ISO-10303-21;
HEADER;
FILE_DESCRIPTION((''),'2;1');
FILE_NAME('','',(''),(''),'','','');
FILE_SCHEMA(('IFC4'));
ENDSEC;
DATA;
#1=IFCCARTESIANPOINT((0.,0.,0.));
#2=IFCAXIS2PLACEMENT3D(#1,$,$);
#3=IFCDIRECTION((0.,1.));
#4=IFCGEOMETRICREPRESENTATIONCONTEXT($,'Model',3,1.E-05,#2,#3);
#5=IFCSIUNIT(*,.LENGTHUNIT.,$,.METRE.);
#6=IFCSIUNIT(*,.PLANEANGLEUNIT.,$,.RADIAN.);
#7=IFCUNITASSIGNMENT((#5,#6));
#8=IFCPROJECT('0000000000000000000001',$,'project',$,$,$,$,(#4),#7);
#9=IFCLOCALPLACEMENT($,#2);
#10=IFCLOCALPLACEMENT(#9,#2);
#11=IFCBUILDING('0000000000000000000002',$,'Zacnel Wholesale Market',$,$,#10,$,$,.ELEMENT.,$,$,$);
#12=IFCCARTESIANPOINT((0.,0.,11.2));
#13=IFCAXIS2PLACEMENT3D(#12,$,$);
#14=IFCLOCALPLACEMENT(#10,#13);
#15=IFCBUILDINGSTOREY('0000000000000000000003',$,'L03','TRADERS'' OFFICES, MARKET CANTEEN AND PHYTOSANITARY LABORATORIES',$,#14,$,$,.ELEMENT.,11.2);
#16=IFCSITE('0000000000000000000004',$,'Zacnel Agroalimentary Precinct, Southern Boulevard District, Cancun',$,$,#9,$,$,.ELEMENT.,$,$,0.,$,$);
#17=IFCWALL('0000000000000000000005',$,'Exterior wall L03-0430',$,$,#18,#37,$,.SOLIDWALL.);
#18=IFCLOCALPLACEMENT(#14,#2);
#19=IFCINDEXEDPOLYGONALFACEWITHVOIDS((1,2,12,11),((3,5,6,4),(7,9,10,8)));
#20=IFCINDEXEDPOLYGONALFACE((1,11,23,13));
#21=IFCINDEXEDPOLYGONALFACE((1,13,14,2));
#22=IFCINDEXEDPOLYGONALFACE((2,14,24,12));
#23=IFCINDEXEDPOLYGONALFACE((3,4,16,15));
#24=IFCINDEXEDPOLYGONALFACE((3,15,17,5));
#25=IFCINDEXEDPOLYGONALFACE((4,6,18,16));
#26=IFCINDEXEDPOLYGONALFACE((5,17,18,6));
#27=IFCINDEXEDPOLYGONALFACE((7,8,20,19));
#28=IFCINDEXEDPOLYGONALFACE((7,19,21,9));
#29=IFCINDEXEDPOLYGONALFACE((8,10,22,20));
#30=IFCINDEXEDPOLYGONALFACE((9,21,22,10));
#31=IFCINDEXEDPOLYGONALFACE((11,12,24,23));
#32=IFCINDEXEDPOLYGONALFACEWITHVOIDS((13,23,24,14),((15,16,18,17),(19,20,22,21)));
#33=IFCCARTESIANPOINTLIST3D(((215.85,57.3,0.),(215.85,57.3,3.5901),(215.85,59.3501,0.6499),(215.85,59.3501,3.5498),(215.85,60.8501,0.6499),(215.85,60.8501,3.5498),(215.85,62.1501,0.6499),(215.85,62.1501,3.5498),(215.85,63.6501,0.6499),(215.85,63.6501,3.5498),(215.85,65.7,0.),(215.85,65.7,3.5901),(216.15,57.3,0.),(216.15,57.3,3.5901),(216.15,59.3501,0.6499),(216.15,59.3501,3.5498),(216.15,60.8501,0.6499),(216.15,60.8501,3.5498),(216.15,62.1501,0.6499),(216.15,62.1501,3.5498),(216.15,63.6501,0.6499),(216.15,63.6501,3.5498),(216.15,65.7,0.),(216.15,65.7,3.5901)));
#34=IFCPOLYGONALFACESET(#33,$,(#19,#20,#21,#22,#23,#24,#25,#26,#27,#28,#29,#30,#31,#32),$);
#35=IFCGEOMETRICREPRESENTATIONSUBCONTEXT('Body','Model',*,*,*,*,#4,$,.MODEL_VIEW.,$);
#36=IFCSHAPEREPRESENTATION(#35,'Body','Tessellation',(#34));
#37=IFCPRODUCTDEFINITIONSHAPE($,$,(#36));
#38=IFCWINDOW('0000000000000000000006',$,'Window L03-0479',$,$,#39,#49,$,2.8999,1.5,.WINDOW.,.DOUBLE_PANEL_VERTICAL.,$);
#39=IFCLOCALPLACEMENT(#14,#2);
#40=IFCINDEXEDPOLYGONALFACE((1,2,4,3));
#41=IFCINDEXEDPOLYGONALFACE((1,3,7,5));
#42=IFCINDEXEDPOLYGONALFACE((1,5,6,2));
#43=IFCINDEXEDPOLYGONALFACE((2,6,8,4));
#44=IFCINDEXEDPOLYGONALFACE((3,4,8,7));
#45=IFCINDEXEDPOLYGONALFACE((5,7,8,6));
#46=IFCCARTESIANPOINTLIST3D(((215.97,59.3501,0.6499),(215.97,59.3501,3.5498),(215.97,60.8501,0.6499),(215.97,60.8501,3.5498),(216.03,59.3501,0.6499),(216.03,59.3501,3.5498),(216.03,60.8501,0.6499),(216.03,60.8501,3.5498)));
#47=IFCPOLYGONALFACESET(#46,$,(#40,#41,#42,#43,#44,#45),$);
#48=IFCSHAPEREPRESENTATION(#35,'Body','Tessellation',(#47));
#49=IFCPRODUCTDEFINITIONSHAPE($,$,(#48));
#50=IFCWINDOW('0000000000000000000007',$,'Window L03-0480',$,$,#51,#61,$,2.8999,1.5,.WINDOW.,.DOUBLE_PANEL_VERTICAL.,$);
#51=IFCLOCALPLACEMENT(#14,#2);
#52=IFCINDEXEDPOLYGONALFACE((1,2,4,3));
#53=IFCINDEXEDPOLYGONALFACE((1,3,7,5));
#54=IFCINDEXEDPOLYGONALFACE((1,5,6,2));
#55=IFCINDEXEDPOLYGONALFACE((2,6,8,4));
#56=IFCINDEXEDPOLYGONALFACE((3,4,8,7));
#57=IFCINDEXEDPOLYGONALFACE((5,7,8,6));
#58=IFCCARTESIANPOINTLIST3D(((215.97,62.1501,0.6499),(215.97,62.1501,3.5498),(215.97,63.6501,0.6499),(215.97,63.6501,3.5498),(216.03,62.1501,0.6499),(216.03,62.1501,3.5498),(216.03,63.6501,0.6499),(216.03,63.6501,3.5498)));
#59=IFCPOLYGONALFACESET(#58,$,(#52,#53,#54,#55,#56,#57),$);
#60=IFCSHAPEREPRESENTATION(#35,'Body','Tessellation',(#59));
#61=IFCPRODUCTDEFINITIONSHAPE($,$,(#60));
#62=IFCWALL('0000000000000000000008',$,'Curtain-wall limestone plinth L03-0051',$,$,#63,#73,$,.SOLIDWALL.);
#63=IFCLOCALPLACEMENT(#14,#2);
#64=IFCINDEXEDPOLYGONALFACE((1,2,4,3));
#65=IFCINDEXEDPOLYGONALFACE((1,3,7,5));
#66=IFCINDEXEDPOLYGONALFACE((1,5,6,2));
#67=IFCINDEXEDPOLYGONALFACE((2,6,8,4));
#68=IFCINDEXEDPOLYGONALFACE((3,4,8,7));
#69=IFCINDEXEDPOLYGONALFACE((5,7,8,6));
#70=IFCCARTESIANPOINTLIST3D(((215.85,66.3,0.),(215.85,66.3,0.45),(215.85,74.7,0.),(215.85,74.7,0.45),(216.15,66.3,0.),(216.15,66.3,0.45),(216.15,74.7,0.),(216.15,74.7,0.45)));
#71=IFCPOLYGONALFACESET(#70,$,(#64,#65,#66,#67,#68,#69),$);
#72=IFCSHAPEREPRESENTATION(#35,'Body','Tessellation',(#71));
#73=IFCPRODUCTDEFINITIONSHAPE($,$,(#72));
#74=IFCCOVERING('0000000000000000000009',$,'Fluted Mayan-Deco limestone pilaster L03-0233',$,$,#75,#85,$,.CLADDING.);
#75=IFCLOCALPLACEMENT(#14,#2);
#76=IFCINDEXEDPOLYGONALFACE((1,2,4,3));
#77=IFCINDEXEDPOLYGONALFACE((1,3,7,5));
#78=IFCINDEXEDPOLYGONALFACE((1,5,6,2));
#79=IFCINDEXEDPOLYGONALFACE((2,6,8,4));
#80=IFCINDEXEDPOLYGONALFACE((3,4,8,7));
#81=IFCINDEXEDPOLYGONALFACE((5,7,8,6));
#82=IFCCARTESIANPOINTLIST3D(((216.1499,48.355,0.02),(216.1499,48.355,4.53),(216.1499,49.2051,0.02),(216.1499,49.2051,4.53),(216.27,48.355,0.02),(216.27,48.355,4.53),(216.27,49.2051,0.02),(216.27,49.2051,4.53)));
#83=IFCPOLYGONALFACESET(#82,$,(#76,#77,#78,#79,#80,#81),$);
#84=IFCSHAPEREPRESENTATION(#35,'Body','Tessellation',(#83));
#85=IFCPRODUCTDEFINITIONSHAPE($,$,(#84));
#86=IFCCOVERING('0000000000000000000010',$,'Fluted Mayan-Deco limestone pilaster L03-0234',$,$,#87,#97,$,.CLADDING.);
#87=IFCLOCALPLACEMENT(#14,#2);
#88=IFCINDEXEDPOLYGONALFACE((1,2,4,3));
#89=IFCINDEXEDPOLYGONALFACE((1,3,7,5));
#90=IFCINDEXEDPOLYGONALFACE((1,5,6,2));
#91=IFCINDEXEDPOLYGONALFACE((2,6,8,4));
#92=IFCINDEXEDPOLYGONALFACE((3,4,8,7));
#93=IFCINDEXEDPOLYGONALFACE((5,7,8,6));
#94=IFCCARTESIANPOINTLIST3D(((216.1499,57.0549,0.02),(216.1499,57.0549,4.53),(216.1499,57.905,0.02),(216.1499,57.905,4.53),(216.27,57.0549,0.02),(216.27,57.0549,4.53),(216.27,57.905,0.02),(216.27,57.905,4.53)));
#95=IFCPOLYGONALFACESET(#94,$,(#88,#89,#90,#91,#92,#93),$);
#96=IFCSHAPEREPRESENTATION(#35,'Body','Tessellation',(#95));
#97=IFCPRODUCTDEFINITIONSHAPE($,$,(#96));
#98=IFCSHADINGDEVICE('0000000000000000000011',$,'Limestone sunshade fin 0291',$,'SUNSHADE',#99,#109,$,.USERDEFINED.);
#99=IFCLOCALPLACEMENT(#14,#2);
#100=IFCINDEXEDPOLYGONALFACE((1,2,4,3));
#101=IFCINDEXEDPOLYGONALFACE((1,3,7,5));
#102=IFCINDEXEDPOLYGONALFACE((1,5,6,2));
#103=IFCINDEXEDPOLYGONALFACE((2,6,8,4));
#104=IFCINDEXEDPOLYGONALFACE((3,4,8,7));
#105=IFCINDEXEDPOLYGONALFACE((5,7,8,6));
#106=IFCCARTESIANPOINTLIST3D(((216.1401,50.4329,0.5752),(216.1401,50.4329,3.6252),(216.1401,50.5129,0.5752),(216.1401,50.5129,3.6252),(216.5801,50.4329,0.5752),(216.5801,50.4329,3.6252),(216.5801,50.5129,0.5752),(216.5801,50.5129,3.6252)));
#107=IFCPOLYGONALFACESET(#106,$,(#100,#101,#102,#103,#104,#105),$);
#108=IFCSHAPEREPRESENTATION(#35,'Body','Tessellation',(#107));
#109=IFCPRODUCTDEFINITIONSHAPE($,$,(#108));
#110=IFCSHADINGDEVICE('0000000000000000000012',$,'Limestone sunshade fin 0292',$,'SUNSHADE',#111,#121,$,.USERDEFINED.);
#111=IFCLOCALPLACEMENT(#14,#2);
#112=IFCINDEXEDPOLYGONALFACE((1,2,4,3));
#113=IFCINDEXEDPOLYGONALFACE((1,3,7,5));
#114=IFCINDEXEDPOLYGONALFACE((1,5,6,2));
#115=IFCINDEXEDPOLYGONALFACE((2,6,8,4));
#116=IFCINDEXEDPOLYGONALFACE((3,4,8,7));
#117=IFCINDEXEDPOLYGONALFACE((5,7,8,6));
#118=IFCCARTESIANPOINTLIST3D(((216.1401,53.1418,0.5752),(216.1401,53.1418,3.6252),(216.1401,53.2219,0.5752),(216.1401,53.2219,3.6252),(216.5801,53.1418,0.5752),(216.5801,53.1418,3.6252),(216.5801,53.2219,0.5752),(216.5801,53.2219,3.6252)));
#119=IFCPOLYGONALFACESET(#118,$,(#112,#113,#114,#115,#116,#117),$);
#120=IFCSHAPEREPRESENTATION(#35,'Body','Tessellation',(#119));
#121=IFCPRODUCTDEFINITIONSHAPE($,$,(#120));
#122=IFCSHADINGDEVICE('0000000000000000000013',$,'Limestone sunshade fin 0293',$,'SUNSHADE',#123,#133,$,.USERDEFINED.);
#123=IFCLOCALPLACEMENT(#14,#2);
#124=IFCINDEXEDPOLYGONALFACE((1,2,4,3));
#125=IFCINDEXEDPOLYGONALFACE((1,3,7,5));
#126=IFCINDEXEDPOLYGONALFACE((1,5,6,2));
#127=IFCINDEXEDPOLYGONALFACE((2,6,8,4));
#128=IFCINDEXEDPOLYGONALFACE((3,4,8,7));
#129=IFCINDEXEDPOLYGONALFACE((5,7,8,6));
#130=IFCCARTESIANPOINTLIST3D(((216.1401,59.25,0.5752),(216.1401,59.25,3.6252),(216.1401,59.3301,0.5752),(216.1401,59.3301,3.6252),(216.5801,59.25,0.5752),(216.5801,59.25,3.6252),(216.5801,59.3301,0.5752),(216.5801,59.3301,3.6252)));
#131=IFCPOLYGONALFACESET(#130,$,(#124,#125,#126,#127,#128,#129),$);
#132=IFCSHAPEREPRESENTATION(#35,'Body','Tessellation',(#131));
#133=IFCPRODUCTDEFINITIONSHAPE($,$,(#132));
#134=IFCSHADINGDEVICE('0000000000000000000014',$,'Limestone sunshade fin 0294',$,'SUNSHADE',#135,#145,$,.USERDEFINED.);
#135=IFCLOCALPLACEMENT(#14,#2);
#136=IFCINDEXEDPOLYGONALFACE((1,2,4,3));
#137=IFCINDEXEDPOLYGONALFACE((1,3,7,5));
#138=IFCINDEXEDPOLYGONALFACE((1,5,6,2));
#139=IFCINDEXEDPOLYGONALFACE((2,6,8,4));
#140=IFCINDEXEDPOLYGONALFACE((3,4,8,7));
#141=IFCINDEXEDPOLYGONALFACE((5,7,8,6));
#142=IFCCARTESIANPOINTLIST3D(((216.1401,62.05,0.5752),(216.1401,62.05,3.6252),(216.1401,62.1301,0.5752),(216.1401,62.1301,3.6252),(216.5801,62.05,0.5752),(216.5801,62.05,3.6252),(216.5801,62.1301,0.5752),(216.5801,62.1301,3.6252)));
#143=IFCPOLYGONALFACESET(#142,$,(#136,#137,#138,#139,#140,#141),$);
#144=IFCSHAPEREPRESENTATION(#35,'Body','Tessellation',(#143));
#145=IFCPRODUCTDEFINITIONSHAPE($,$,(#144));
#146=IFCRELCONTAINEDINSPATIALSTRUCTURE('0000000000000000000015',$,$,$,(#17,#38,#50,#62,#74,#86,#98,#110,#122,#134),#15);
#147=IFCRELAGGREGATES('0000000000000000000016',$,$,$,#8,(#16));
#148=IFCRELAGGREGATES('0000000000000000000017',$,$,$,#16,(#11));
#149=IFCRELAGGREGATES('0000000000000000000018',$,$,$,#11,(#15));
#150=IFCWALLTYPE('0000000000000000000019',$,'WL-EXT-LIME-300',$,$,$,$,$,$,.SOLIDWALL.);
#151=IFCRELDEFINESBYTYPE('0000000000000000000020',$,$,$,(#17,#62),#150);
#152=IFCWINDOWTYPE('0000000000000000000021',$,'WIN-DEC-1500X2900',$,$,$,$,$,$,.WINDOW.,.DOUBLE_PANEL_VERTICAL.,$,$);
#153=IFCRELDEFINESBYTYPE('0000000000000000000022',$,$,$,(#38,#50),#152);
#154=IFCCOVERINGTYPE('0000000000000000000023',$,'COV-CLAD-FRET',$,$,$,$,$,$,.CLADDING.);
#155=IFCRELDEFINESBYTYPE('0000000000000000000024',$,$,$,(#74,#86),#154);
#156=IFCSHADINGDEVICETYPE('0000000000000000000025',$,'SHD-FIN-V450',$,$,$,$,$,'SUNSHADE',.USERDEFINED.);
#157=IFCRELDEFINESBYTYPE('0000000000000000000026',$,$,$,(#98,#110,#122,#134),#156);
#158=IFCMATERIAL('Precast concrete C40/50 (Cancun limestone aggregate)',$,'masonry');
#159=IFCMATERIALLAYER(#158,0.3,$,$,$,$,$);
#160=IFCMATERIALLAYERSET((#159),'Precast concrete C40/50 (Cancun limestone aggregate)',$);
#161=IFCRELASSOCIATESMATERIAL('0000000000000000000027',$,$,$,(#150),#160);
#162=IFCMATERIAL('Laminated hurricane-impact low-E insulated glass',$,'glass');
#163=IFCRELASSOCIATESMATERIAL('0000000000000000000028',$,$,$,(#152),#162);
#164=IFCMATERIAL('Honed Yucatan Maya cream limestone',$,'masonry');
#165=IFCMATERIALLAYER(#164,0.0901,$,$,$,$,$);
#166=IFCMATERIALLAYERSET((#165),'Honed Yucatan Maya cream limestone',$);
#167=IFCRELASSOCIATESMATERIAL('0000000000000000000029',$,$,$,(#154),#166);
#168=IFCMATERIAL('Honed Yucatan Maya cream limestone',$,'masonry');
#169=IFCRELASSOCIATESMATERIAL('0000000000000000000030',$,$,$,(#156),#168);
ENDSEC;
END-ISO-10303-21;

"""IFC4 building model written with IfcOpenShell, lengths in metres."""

from ifc_helpers import new_model, si_unit, direction, frame, frame_2d, origin, origin_2d, place, context, subcontext, project, spatial, rectangle, extrude, material, layer, layer_set, type_object, element, fill, save


model = new_model("IFC4")

# Units and contexts
model_context = context("Model", 3, precision=1e-05, world=origin(), true_north=direction((0.0, 1.0)))
body_context = subcontext(model_context, "Body", "Model", "MODEL_VIEW")
ifc_project = project(units=[si_unit("LENGTHUNIT", "METRE"), si_unit("PLANEANGLEUNIT", "RADIAN")], contexts=[model_context])

# Site, building, storey
site_placement = place(None, origin())
site = spatial("IfcSite", under=ifc_project, at=site_placement, Name="Zacnel Agroalimentary Precinct, Southern Boulevard District, Cancun", CompositionType="ELEMENT", RefElevation=0.0)
building_placement = place(site_placement, origin())
building = spatial("IfcBuilding", under=site, at=building_placement, Name="Zacnel Wholesale Market", CompositionType="ELEMENT")
storey_placement = place(building_placement, frame((0.0, 0.0, 11.2)))
storey = spatial("IfcBuildingStorey", under=building, at=storey_placement, Name="L03", Description="TRADERS' OFFICES, MARKET CANTEEN AND PHYTOSANITARY LABORATORIES", CompositionType="ELEMENT", Elevation=11.2)

# Wall, openings, windows
ifc_material_1 = material(Name="Precast concrete C40/50 (Cancun limestone aggregate)", Category="masonry")
ifc_layer_1 = layer(ifc_material_1, 0.3)
ifc_layer_set_1 = layer_set([ifc_layer_1], Name="Precast concrete C40/50 (Cancun limestone aggregate)")
wall_type = type_object("IfcWallType", Name="WL-EXT-LIME-300", PredefinedType="SOLIDWALL", material=ifc_layer_set_1)
ifc_material_2 = material(Name="Laminated hurricane-impact low-E insulated glass", Category="glass")
window_type = type_object("IfcWindowType", Name="WIN-DEC-1500X2900", PartitioningType="DOUBLE_PANEL_VERTICAL", PredefinedType="WINDOW", material=ifc_material_2)
wall_1_placement = place(storey_placement, frame((216.0, 57.3, 0.0), z_axis=(0.0, 0.0, 1.0), x_axis=(0.0, 1.0, 0.0)))
wall_1 = element("IfcWall", 1, at=wall_1_placement, inside=storey, type_object=wall_type, Name="Exterior wall L03-0430", PredefinedType="SOLIDWALL", context=body_context, shape_type="SweptSolid", body=[
    extrude(rectangle(XDim=8.3999, YDim=0.3, at=frame_2d((4.2, 0.0))), origin(), (0.0, 0.0, 1.0), 3.5901),
])
opening_1_placement = place(wall_1_placement, frame((2.05, 0.0, 0.6499)))
opening_1 = element("IfcOpeningElement", 2, at=opening_1_placement, cuts=wall_1, PredefinedType="OPENING", context=body_context, shape_type="SweptSolid", body=[
    extrude(rectangle(XDim=1.5, YDim=2.8999, at=frame_2d((0.75, 1.45))), frame((0.0, 0.1599, 0.0), z_axis=(0.0, -1.0, 0.0), x_axis=(1.0, 0.0, 0.0)), (0.0, 0.0, 1.0), 0.3201),
])
opening_2_placement = place(wall_1_placement, frame((4.8501, 0.0, 0.6499)))
opening_2 = element("IfcOpeningElement", 3, at=opening_2_placement, cuts=wall_1, PredefinedType="OPENING", context=body_context, shape_type="SweptSolid", body=[
    extrude(rectangle(XDim=1.5, YDim=2.8999, at=frame_2d((0.75, 1.45))), frame((0.0, 0.1599, 0.0), z_axis=(0.0, -1.0, 0.0), x_axis=(1.0, 0.0, 0.0)), (0.0, 0.0, 1.0), 0.3201),
])
window_1_placement = place(opening_1_placement, origin())
window_1 = element("IfcWindow", 4, at=window_1_placement, inside=storey, type_object=window_type, Name="Window L03-0479", OverallHeight=2.8999, OverallWidth=1.5, PartitioningType="DOUBLE_PANEL_VERTICAL", PredefinedType="WINDOW", context=body_context, shape_type="SweptSolid", body=[
    extrude(rectangle(XDim=1.5, YDim=2.8999, at=frame_2d((0.75, 1.45))), frame((0.0, 0.03, 0.0), z_axis=(0.0, -1.0, 0.0), x_axis=(1.0, 0.0, 0.0)), (0.0, 0.0, 1.0), 0.0601),
])
fill(opening_1, window_1)
window_2_placement = place(opening_2_placement, origin())
window_2 = element("IfcWindow", 5, at=window_2_placement, inside=storey, type_object=window_type, Name="Window L03-0480", OverallHeight=2.8999, OverallWidth=1.5, PartitioningType="DOUBLE_PANEL_VERTICAL", PredefinedType="WINDOW", context=body_context, shape_type="SweptSolid", body=[
    extrude(rectangle(XDim=1.5, YDim=2.8999, at=frame_2d((0.75, 1.45))), frame((0.0, 0.03, 0.0), z_axis=(0.0, -1.0, 0.0), x_axis=(1.0, 0.0, 0.0)), (0.0, 0.0, 1.0), 0.0601),
])
fill(opening_2, window_2)

# Wall
wall_2_placement = place(storey_placement, frame((216.0, 66.3, 0.0), z_axis=(0.0, 0.0, 1.0), x_axis=(0.0, 1.0, 0.0)))
element("IfcWall", 6, at=wall_2_placement, inside=storey, type_object=wall_type, Name="Curtain-wall limestone plinth L03-0051", PredefinedType="SOLIDWALL", context=body_context, shape_type="SweptSolid", body=[
    extrude(rectangle(XDim=8.3999, YDim=0.3, at=frame_2d((4.2, 0.0))), origin(), (0.0, 0.0, 1.0), 0.45),
])

# Coverings
ifc_material_3 = material(Name="Honed Yucatan Maya cream limestone", Category="masonry")
ifc_layer_2 = layer(ifc_material_3, 0.0901)
ifc_layer_set_2 = layer_set([ifc_layer_2], Name="Honed Yucatan Maya cream limestone")
covering_type = type_object("IfcCoveringType", Name="COV-CLAD-FRET", PredefinedType="CLADDING", material=ifc_layer_set_2)
for number, where, z_axis, x_axis, name in (
    (7, (216.21, 48.78, 0.02), (0.0, 0.0, 1.0), (0.0, 1.0, 0.0), "Fluted Mayan-Deco limestone pilaster L03-0233"),
    (8, (216.21, 57.48, 0.02), (0.0, 0.0, 1.0), (0.0, 1.0, 0.0), "Fluted Mayan-Deco limestone pilaster L03-0234"),
):
    element("IfcCovering", number, at=place(storey_placement, frame(where, z_axis=z_axis, x_axis=x_axis)), inside=storey, type_object=covering_type, Name=name, PredefinedType="CLADDING", context=body_context, shape_type="SweptSolid", body=[
        extrude(rectangle(XDim=0.8501, YDim=0.1201, at=origin_2d()), origin(), (0.0, 0.0, 1.0), 4.51),
    ])

# Shading devices
ifc_material_4 = material(Name="Honed Yucatan Maya cream limestone", Category="masonry")
shading_device_type = type_object("IfcShadingDeviceType", Name="SHD-FIN-V450", ElementType="SUNSHADE", PredefinedType="USERDEFINED", material=ifc_material_4)
for number, where, z_axis, x_axis, name in (
    (9, (216.3601, 50.4729, 0.5752), (0.0, 0.0, 1.0), (0.0, 1.0, 0.0), "Limestone sunshade fin 0291"),
    (10, (216.3601, 53.1819, 0.5752), (0.0, 0.0, 1.0), (0.0, 1.0, 0.0), "Limestone sunshade fin 0292"),
    (11, (216.3601, 59.29, 0.5752), (0.0, 0.0, 1.0), (0.0, 1.0, 0.0), "Limestone sunshade fin 0293"),
    (12, (216.3601, 62.0901, 0.5752), (0.0, 0.0, 1.0), (0.0, 1.0, 0.0), "Limestone sunshade fin 0294"),
):
    element("IfcShadingDevice", number, at=place(storey_placement, frame(where, z_axis=z_axis, x_axis=x_axis)), inside=storey, type_object=shading_device_type, Name=name, ObjectType="SUNSHADE", PredefinedType="USERDEFINED", context=body_context, shape_type="SweptSolid", body=[
        extrude(rectangle(XDim=0.0801, YDim=0.4399, at=origin_2d()), origin(), (0.0, 0.0, 1.0), 3.05),
    ])

save(model, "model.ifc")
